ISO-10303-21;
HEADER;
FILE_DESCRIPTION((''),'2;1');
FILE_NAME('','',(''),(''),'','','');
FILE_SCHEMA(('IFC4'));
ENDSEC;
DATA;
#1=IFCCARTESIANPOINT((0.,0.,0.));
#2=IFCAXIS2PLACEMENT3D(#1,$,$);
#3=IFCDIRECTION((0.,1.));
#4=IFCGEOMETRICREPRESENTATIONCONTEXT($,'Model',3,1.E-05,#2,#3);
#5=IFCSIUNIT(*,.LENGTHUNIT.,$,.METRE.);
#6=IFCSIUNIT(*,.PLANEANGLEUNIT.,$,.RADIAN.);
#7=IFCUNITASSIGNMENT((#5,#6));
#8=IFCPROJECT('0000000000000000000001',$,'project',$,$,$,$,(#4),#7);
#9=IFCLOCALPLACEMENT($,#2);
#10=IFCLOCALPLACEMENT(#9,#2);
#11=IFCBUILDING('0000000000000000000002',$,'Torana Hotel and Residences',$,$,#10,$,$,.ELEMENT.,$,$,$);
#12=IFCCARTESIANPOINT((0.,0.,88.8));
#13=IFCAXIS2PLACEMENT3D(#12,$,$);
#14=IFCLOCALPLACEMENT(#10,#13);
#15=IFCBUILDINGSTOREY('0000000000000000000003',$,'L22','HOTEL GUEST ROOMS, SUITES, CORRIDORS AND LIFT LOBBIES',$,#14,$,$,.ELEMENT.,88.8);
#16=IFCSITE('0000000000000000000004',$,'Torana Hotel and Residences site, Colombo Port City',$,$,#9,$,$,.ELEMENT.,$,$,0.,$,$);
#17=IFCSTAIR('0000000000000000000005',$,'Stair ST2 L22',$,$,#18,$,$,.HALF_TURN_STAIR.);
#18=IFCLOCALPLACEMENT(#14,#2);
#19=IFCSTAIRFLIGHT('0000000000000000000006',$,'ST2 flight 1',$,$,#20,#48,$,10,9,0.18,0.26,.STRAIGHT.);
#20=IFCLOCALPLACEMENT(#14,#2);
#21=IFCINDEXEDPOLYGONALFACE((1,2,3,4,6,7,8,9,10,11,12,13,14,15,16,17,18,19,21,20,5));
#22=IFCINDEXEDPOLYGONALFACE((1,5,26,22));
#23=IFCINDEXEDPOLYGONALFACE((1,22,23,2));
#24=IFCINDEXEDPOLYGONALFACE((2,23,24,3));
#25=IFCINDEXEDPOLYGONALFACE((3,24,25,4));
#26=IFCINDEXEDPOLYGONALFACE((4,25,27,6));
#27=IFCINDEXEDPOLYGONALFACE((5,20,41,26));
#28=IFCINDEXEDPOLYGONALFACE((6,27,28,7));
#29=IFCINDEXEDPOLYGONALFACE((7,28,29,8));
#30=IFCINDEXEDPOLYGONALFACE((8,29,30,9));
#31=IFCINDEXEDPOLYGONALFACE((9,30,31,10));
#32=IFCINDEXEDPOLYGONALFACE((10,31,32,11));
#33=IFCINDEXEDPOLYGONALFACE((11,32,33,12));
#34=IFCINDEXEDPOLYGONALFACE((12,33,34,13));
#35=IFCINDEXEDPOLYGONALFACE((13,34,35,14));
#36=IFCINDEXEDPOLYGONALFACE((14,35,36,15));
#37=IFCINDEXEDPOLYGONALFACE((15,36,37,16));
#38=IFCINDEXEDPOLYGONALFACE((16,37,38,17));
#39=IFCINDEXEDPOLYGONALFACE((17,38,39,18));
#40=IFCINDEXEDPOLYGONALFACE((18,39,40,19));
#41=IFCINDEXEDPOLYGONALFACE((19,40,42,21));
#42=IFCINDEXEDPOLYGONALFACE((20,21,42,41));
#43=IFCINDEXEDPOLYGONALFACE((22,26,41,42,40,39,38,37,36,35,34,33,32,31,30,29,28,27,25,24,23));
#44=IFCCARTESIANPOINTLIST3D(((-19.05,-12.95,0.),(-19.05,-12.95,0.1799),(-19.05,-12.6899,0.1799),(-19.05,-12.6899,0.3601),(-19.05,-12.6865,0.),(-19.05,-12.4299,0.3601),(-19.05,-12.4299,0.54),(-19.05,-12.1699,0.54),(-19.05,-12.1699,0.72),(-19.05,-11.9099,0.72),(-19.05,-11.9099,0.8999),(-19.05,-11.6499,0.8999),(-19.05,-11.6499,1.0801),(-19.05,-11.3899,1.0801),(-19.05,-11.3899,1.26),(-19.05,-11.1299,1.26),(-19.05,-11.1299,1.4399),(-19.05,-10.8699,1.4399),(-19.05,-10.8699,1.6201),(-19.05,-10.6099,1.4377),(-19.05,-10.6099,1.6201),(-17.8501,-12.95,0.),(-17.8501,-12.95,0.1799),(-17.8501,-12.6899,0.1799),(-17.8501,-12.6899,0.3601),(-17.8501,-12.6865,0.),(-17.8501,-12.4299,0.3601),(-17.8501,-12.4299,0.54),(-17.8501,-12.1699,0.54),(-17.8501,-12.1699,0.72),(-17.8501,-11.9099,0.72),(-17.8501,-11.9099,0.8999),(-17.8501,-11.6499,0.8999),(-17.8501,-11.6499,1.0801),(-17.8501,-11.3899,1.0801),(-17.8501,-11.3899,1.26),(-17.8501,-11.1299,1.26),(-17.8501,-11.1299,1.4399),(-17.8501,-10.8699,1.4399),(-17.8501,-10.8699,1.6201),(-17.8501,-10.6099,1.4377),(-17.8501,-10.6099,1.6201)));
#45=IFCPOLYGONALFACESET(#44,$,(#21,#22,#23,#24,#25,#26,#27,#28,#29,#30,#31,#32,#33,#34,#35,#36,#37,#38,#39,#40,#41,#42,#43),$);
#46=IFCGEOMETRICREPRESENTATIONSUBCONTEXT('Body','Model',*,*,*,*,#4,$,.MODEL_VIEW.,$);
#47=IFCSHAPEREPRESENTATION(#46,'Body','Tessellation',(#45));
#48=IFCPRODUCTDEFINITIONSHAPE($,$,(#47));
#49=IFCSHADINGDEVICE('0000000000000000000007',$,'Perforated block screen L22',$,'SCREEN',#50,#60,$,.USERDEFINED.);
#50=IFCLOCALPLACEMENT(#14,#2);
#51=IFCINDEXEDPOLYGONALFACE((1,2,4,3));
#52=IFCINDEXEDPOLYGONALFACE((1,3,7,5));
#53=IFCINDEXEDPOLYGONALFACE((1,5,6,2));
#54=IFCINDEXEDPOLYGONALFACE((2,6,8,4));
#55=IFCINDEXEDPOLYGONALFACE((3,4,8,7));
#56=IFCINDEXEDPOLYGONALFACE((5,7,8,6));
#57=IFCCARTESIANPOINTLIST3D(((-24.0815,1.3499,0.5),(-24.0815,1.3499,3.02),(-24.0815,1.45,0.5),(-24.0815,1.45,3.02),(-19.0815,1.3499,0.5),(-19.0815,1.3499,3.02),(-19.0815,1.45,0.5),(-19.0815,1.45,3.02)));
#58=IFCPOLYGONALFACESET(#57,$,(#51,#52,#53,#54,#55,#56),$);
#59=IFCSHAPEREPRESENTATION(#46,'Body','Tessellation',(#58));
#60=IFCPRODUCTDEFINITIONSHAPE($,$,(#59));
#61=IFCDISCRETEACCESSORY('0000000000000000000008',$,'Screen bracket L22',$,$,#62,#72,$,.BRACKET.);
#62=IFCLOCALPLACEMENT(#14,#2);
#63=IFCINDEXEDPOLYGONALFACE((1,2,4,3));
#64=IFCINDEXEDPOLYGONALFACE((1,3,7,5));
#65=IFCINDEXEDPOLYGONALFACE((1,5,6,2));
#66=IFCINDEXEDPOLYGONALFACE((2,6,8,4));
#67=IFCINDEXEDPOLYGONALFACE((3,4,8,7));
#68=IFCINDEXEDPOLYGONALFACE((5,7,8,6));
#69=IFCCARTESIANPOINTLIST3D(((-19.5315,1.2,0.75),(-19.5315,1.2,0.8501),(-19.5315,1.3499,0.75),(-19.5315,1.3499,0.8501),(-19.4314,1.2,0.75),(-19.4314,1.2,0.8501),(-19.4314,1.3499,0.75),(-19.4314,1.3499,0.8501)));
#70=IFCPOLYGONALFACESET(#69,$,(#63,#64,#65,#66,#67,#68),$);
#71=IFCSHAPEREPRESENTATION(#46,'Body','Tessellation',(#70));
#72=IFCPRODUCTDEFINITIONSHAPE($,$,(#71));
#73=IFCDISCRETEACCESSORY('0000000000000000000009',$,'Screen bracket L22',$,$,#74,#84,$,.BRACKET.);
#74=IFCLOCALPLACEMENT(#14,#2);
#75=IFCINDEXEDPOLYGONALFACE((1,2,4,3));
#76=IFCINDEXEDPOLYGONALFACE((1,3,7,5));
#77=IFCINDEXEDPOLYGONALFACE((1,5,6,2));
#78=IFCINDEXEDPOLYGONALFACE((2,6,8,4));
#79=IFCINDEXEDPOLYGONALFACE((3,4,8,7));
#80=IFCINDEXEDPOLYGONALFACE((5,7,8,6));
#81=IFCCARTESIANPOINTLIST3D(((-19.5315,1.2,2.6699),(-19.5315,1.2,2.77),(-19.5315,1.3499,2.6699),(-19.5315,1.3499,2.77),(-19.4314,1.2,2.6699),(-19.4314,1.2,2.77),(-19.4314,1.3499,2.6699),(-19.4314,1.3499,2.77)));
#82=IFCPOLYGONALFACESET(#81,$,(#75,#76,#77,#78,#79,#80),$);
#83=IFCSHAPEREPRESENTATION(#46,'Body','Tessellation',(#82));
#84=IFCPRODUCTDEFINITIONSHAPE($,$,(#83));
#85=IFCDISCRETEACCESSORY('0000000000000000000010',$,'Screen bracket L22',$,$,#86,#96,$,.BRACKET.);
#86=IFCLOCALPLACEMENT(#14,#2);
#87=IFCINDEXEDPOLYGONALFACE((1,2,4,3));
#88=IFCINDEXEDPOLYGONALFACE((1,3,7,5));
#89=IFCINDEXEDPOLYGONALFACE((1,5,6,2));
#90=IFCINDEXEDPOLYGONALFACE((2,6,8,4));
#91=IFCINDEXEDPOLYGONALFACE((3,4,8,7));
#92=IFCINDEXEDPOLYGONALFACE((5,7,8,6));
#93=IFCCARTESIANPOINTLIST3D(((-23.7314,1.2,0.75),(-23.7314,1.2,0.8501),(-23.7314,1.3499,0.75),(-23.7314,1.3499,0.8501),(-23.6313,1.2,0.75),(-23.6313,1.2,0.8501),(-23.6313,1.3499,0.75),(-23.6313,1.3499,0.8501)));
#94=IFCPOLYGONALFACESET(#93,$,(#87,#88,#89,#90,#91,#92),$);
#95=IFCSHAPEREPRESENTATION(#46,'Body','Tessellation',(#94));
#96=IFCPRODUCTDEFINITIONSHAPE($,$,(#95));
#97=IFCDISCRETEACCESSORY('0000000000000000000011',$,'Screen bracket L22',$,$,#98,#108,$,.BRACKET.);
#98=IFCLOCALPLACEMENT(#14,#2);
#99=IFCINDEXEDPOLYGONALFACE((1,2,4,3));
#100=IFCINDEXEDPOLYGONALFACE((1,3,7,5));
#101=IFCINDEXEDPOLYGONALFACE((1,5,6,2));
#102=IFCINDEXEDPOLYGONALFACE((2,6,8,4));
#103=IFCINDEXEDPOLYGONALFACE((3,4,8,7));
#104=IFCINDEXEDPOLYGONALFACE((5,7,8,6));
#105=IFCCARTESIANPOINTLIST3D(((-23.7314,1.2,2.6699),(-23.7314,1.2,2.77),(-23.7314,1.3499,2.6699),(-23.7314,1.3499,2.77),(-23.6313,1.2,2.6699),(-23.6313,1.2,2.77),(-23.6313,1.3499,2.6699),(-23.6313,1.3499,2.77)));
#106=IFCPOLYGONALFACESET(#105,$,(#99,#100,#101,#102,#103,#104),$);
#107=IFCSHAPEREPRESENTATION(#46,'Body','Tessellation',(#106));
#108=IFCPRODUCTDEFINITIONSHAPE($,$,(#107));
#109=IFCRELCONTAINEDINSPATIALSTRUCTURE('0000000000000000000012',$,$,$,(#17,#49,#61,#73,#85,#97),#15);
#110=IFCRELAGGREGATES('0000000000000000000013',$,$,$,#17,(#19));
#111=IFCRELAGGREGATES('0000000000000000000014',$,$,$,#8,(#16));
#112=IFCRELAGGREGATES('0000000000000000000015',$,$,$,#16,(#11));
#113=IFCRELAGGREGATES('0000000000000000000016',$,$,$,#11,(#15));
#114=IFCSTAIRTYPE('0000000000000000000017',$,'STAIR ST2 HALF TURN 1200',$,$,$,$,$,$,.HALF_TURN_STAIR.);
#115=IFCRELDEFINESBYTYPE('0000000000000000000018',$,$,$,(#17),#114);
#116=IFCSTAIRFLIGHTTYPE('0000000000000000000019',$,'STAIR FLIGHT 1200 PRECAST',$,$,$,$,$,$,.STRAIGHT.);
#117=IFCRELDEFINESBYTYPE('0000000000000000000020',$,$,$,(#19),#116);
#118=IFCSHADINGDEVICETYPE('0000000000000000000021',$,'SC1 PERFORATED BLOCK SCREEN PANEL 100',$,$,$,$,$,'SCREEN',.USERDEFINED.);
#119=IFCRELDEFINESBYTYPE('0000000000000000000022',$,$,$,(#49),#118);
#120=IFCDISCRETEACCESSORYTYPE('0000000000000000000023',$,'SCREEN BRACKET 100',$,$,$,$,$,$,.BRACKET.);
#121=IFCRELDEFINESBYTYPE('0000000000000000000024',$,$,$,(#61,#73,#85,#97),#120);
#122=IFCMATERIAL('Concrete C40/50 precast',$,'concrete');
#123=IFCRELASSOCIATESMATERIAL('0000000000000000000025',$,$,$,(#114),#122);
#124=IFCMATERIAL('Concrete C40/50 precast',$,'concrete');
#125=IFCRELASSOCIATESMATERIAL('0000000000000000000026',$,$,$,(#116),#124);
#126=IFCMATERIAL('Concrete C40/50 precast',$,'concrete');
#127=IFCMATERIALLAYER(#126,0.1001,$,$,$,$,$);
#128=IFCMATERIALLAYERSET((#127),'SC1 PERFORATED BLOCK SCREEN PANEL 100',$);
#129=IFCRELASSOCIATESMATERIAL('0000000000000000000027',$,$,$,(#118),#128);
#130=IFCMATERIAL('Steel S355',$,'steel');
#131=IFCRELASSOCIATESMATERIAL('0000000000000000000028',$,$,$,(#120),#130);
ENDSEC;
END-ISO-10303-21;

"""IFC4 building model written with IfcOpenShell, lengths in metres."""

from ifc_helpers import new_model, si_unit, direction, frame, origin, origin_2d, place, context, subcontext, project, spatial, polyline, rectangle, outline, extrude, material, layer, layer_set, type_object, element, aggregate, save


model = new_model("IFC4")

# Units and contexts
model_context = context("Model", 3, precision=1e-05, world=origin(), true_north=direction((0.0, 1.0)))
body_context = subcontext(model_context, "Body", "Model", "MODEL_VIEW")
ifc_project = project(units=[si_unit("LENGTHUNIT", "METRE"), si_unit("PLANEANGLEUNIT", "RADIAN")], contexts=[model_context])

# Site, building, storey
site_placement = place(None, origin())
site = spatial("IfcSite", under=ifc_project, at=site_placement, Name="Torana Hotel and Residences site, Colombo Port City", CompositionType="ELEMENT", RefElevation=0.0)
building_placement = place(site_placement, origin())
building = spatial("IfcBuilding", under=site, at=building_placement, Name="Torana Hotel and Residences", CompositionType="ELEMENT")
storey_placement = place(building_placement, frame((0.0, 0.0, 88.8)))
storey = spatial("IfcBuildingStorey", under=building, at=storey_placement, Name="L22", Description="HOTEL GUEST ROOMS, SUITES, CORRIDORS AND LIFT LOBBIES", CompositionType="ELEMENT", Elevation=88.8)

# Stair, stair flight
ifc_material_1 = material(Name="Concrete C40/50 precast", Category="concrete")
stair_type = type_object("IfcStairType", Name="STAIR ST2 HALF TURN 1200", PredefinedType="HALF_TURN_STAIR", material=ifc_material_1)
stair_placement = place(storey_placement, origin())
stair = element("IfcStair", 1, at=stair_placement, inside=storey, type_object=stair_type, Name="Stair ST2 L22", PredefinedType="HALF_TURN_STAIR")
ifc_material_2 = material(Name="Concrete C40/50 precast", Category="concrete")
stair_flight_type = type_object("IfcStairFlightType", Name="STAIR FLIGHT 1200 PRECAST", PredefinedType="STRAIGHT", material=ifc_material_2)
stair_flight_placement = place(storey_placement, frame((-18.45, -12.95, 0.0), z_axis=(0.0, 0.0, 1.0), x_axis=(0.0, 1.0, 0.0)))
stair_flight = element("IfcStairFlight", 2, at=stair_flight_placement, type_object=stair_flight_type, Name="ST2 flight 1", NumberOfRisers=10, NumberOfTreads=9, PredefinedType="STRAIGHT", RiserHeight=0.18, TreadLength=0.26, context=body_context, shape_type="SweptSolid", body=[
    extrude(outline(polyline([(0.0, 0.0), (0.0, 0.1799), (0.26, 0.1799), (0.26, 0.3601), (0.52, 0.3601), (0.52, 0.54), (0.78, 0.54), (0.78, 0.72), (1.04, 0.72), (1.04, 0.8999), (1.3, 0.8999), (1.3, 1.0801), (1.5601, 1.0801), (1.5601, 1.26), (1.8201, 1.26), (1.8201, 1.4399), (2.0801, 1.4399), (2.0801, 1.6201), (2.3401, 1.6201), (2.3401, 1.8), (2.3401, 1.4377), (0.2634, 0.0), (0.0, 0.0)])), frame((0.0, 0.6001, 0.0), z_axis=(0.0, -1.0, 0.0), x_axis=(1.0, 0.0, 0.0)), (0.0, 0.0, 1.0), 1.2),
])
aggregate(stair, [stair_flight])

# Shading device
ifc_material_3 = material(Name="Concrete C40/50 precast", Category="concrete")
ifc_layer_1 = layer(ifc_material_3, 0.1001)
ifc_layer_set_1 = layer_set([ifc_layer_1], Name="SC1 PERFORATED BLOCK SCREEN PANEL 100")
shading_device_type = type_object("IfcShadingDeviceType", Name="SC1 PERFORATED BLOCK SCREEN PANEL 100", ElementType="SCREEN", PredefinedType="USERDEFINED", material=ifc_layer_set_1)
shading_device_placement = place(storey_placement, frame((-21.5815, 1.3999, 0.5), z_axis=(0.0, 0.0, 1.0), x_axis=(-1.0, 0.0, 0.0)))
element("IfcShadingDevice", 3, at=shading_device_placement, inside=storey, type_object=shading_device_type, Name="Perforated block screen L22", ObjectType="SCREEN", PredefinedType="USERDEFINED", context=body_context, shape_type="SweptSolid", body=[
    extrude(rectangle(XDim=5.0, YDim=0.1001, at=origin_2d()), origin(), (0.0, 0.0, 1.0), 2.52),
])

# Discrete accessories
ifc_material_4 = material(Name="Steel S355", Category="steel")
discrete_accessory_type = type_object("IfcDiscreteAccessoryType", Name="SCREEN BRACKET 100", PredefinedType="BRACKET", material=ifc_material_4)
for number, where, z_axis, x_axis, name in (
    (4, (-19.4814, 1.2749, 0.75), (0.0, 0.0, 1.0), (-1.0, 0.0, 0.0), "Screen bracket L22"),
    (5, (-19.4814, 1.2749, 2.6699), (0.0, 0.0, 1.0), (-1.0, 0.0, 0.0), "Screen bracket L22"),
    (6, (-23.6814, 1.2749, 0.75), (0.0, 0.0, 1.0), (-1.0, 0.0, 0.0), "Screen bracket L22"),
    (7, (-23.6814, 1.2749, 2.6699), (0.0, 0.0, 1.0), (-1.0, 0.0, 0.0), "Screen bracket L22"),
):
    element("IfcDiscreteAccessory", number, at=place(storey_placement, frame(where, z_axis=z_axis, x_axis=x_axis)), inside=storey, type_object=discrete_accessory_type, Name=name, PredefinedType="BRACKET", context=body_context, shape_type="SweptSolid", body=[
        extrude(rectangle(XDim=0.1001, YDim=0.1499, at=origin_2d()), origin(), (0.0, 0.0, 1.0), 0.1001),
    ])

save(model, "model.ifc")
